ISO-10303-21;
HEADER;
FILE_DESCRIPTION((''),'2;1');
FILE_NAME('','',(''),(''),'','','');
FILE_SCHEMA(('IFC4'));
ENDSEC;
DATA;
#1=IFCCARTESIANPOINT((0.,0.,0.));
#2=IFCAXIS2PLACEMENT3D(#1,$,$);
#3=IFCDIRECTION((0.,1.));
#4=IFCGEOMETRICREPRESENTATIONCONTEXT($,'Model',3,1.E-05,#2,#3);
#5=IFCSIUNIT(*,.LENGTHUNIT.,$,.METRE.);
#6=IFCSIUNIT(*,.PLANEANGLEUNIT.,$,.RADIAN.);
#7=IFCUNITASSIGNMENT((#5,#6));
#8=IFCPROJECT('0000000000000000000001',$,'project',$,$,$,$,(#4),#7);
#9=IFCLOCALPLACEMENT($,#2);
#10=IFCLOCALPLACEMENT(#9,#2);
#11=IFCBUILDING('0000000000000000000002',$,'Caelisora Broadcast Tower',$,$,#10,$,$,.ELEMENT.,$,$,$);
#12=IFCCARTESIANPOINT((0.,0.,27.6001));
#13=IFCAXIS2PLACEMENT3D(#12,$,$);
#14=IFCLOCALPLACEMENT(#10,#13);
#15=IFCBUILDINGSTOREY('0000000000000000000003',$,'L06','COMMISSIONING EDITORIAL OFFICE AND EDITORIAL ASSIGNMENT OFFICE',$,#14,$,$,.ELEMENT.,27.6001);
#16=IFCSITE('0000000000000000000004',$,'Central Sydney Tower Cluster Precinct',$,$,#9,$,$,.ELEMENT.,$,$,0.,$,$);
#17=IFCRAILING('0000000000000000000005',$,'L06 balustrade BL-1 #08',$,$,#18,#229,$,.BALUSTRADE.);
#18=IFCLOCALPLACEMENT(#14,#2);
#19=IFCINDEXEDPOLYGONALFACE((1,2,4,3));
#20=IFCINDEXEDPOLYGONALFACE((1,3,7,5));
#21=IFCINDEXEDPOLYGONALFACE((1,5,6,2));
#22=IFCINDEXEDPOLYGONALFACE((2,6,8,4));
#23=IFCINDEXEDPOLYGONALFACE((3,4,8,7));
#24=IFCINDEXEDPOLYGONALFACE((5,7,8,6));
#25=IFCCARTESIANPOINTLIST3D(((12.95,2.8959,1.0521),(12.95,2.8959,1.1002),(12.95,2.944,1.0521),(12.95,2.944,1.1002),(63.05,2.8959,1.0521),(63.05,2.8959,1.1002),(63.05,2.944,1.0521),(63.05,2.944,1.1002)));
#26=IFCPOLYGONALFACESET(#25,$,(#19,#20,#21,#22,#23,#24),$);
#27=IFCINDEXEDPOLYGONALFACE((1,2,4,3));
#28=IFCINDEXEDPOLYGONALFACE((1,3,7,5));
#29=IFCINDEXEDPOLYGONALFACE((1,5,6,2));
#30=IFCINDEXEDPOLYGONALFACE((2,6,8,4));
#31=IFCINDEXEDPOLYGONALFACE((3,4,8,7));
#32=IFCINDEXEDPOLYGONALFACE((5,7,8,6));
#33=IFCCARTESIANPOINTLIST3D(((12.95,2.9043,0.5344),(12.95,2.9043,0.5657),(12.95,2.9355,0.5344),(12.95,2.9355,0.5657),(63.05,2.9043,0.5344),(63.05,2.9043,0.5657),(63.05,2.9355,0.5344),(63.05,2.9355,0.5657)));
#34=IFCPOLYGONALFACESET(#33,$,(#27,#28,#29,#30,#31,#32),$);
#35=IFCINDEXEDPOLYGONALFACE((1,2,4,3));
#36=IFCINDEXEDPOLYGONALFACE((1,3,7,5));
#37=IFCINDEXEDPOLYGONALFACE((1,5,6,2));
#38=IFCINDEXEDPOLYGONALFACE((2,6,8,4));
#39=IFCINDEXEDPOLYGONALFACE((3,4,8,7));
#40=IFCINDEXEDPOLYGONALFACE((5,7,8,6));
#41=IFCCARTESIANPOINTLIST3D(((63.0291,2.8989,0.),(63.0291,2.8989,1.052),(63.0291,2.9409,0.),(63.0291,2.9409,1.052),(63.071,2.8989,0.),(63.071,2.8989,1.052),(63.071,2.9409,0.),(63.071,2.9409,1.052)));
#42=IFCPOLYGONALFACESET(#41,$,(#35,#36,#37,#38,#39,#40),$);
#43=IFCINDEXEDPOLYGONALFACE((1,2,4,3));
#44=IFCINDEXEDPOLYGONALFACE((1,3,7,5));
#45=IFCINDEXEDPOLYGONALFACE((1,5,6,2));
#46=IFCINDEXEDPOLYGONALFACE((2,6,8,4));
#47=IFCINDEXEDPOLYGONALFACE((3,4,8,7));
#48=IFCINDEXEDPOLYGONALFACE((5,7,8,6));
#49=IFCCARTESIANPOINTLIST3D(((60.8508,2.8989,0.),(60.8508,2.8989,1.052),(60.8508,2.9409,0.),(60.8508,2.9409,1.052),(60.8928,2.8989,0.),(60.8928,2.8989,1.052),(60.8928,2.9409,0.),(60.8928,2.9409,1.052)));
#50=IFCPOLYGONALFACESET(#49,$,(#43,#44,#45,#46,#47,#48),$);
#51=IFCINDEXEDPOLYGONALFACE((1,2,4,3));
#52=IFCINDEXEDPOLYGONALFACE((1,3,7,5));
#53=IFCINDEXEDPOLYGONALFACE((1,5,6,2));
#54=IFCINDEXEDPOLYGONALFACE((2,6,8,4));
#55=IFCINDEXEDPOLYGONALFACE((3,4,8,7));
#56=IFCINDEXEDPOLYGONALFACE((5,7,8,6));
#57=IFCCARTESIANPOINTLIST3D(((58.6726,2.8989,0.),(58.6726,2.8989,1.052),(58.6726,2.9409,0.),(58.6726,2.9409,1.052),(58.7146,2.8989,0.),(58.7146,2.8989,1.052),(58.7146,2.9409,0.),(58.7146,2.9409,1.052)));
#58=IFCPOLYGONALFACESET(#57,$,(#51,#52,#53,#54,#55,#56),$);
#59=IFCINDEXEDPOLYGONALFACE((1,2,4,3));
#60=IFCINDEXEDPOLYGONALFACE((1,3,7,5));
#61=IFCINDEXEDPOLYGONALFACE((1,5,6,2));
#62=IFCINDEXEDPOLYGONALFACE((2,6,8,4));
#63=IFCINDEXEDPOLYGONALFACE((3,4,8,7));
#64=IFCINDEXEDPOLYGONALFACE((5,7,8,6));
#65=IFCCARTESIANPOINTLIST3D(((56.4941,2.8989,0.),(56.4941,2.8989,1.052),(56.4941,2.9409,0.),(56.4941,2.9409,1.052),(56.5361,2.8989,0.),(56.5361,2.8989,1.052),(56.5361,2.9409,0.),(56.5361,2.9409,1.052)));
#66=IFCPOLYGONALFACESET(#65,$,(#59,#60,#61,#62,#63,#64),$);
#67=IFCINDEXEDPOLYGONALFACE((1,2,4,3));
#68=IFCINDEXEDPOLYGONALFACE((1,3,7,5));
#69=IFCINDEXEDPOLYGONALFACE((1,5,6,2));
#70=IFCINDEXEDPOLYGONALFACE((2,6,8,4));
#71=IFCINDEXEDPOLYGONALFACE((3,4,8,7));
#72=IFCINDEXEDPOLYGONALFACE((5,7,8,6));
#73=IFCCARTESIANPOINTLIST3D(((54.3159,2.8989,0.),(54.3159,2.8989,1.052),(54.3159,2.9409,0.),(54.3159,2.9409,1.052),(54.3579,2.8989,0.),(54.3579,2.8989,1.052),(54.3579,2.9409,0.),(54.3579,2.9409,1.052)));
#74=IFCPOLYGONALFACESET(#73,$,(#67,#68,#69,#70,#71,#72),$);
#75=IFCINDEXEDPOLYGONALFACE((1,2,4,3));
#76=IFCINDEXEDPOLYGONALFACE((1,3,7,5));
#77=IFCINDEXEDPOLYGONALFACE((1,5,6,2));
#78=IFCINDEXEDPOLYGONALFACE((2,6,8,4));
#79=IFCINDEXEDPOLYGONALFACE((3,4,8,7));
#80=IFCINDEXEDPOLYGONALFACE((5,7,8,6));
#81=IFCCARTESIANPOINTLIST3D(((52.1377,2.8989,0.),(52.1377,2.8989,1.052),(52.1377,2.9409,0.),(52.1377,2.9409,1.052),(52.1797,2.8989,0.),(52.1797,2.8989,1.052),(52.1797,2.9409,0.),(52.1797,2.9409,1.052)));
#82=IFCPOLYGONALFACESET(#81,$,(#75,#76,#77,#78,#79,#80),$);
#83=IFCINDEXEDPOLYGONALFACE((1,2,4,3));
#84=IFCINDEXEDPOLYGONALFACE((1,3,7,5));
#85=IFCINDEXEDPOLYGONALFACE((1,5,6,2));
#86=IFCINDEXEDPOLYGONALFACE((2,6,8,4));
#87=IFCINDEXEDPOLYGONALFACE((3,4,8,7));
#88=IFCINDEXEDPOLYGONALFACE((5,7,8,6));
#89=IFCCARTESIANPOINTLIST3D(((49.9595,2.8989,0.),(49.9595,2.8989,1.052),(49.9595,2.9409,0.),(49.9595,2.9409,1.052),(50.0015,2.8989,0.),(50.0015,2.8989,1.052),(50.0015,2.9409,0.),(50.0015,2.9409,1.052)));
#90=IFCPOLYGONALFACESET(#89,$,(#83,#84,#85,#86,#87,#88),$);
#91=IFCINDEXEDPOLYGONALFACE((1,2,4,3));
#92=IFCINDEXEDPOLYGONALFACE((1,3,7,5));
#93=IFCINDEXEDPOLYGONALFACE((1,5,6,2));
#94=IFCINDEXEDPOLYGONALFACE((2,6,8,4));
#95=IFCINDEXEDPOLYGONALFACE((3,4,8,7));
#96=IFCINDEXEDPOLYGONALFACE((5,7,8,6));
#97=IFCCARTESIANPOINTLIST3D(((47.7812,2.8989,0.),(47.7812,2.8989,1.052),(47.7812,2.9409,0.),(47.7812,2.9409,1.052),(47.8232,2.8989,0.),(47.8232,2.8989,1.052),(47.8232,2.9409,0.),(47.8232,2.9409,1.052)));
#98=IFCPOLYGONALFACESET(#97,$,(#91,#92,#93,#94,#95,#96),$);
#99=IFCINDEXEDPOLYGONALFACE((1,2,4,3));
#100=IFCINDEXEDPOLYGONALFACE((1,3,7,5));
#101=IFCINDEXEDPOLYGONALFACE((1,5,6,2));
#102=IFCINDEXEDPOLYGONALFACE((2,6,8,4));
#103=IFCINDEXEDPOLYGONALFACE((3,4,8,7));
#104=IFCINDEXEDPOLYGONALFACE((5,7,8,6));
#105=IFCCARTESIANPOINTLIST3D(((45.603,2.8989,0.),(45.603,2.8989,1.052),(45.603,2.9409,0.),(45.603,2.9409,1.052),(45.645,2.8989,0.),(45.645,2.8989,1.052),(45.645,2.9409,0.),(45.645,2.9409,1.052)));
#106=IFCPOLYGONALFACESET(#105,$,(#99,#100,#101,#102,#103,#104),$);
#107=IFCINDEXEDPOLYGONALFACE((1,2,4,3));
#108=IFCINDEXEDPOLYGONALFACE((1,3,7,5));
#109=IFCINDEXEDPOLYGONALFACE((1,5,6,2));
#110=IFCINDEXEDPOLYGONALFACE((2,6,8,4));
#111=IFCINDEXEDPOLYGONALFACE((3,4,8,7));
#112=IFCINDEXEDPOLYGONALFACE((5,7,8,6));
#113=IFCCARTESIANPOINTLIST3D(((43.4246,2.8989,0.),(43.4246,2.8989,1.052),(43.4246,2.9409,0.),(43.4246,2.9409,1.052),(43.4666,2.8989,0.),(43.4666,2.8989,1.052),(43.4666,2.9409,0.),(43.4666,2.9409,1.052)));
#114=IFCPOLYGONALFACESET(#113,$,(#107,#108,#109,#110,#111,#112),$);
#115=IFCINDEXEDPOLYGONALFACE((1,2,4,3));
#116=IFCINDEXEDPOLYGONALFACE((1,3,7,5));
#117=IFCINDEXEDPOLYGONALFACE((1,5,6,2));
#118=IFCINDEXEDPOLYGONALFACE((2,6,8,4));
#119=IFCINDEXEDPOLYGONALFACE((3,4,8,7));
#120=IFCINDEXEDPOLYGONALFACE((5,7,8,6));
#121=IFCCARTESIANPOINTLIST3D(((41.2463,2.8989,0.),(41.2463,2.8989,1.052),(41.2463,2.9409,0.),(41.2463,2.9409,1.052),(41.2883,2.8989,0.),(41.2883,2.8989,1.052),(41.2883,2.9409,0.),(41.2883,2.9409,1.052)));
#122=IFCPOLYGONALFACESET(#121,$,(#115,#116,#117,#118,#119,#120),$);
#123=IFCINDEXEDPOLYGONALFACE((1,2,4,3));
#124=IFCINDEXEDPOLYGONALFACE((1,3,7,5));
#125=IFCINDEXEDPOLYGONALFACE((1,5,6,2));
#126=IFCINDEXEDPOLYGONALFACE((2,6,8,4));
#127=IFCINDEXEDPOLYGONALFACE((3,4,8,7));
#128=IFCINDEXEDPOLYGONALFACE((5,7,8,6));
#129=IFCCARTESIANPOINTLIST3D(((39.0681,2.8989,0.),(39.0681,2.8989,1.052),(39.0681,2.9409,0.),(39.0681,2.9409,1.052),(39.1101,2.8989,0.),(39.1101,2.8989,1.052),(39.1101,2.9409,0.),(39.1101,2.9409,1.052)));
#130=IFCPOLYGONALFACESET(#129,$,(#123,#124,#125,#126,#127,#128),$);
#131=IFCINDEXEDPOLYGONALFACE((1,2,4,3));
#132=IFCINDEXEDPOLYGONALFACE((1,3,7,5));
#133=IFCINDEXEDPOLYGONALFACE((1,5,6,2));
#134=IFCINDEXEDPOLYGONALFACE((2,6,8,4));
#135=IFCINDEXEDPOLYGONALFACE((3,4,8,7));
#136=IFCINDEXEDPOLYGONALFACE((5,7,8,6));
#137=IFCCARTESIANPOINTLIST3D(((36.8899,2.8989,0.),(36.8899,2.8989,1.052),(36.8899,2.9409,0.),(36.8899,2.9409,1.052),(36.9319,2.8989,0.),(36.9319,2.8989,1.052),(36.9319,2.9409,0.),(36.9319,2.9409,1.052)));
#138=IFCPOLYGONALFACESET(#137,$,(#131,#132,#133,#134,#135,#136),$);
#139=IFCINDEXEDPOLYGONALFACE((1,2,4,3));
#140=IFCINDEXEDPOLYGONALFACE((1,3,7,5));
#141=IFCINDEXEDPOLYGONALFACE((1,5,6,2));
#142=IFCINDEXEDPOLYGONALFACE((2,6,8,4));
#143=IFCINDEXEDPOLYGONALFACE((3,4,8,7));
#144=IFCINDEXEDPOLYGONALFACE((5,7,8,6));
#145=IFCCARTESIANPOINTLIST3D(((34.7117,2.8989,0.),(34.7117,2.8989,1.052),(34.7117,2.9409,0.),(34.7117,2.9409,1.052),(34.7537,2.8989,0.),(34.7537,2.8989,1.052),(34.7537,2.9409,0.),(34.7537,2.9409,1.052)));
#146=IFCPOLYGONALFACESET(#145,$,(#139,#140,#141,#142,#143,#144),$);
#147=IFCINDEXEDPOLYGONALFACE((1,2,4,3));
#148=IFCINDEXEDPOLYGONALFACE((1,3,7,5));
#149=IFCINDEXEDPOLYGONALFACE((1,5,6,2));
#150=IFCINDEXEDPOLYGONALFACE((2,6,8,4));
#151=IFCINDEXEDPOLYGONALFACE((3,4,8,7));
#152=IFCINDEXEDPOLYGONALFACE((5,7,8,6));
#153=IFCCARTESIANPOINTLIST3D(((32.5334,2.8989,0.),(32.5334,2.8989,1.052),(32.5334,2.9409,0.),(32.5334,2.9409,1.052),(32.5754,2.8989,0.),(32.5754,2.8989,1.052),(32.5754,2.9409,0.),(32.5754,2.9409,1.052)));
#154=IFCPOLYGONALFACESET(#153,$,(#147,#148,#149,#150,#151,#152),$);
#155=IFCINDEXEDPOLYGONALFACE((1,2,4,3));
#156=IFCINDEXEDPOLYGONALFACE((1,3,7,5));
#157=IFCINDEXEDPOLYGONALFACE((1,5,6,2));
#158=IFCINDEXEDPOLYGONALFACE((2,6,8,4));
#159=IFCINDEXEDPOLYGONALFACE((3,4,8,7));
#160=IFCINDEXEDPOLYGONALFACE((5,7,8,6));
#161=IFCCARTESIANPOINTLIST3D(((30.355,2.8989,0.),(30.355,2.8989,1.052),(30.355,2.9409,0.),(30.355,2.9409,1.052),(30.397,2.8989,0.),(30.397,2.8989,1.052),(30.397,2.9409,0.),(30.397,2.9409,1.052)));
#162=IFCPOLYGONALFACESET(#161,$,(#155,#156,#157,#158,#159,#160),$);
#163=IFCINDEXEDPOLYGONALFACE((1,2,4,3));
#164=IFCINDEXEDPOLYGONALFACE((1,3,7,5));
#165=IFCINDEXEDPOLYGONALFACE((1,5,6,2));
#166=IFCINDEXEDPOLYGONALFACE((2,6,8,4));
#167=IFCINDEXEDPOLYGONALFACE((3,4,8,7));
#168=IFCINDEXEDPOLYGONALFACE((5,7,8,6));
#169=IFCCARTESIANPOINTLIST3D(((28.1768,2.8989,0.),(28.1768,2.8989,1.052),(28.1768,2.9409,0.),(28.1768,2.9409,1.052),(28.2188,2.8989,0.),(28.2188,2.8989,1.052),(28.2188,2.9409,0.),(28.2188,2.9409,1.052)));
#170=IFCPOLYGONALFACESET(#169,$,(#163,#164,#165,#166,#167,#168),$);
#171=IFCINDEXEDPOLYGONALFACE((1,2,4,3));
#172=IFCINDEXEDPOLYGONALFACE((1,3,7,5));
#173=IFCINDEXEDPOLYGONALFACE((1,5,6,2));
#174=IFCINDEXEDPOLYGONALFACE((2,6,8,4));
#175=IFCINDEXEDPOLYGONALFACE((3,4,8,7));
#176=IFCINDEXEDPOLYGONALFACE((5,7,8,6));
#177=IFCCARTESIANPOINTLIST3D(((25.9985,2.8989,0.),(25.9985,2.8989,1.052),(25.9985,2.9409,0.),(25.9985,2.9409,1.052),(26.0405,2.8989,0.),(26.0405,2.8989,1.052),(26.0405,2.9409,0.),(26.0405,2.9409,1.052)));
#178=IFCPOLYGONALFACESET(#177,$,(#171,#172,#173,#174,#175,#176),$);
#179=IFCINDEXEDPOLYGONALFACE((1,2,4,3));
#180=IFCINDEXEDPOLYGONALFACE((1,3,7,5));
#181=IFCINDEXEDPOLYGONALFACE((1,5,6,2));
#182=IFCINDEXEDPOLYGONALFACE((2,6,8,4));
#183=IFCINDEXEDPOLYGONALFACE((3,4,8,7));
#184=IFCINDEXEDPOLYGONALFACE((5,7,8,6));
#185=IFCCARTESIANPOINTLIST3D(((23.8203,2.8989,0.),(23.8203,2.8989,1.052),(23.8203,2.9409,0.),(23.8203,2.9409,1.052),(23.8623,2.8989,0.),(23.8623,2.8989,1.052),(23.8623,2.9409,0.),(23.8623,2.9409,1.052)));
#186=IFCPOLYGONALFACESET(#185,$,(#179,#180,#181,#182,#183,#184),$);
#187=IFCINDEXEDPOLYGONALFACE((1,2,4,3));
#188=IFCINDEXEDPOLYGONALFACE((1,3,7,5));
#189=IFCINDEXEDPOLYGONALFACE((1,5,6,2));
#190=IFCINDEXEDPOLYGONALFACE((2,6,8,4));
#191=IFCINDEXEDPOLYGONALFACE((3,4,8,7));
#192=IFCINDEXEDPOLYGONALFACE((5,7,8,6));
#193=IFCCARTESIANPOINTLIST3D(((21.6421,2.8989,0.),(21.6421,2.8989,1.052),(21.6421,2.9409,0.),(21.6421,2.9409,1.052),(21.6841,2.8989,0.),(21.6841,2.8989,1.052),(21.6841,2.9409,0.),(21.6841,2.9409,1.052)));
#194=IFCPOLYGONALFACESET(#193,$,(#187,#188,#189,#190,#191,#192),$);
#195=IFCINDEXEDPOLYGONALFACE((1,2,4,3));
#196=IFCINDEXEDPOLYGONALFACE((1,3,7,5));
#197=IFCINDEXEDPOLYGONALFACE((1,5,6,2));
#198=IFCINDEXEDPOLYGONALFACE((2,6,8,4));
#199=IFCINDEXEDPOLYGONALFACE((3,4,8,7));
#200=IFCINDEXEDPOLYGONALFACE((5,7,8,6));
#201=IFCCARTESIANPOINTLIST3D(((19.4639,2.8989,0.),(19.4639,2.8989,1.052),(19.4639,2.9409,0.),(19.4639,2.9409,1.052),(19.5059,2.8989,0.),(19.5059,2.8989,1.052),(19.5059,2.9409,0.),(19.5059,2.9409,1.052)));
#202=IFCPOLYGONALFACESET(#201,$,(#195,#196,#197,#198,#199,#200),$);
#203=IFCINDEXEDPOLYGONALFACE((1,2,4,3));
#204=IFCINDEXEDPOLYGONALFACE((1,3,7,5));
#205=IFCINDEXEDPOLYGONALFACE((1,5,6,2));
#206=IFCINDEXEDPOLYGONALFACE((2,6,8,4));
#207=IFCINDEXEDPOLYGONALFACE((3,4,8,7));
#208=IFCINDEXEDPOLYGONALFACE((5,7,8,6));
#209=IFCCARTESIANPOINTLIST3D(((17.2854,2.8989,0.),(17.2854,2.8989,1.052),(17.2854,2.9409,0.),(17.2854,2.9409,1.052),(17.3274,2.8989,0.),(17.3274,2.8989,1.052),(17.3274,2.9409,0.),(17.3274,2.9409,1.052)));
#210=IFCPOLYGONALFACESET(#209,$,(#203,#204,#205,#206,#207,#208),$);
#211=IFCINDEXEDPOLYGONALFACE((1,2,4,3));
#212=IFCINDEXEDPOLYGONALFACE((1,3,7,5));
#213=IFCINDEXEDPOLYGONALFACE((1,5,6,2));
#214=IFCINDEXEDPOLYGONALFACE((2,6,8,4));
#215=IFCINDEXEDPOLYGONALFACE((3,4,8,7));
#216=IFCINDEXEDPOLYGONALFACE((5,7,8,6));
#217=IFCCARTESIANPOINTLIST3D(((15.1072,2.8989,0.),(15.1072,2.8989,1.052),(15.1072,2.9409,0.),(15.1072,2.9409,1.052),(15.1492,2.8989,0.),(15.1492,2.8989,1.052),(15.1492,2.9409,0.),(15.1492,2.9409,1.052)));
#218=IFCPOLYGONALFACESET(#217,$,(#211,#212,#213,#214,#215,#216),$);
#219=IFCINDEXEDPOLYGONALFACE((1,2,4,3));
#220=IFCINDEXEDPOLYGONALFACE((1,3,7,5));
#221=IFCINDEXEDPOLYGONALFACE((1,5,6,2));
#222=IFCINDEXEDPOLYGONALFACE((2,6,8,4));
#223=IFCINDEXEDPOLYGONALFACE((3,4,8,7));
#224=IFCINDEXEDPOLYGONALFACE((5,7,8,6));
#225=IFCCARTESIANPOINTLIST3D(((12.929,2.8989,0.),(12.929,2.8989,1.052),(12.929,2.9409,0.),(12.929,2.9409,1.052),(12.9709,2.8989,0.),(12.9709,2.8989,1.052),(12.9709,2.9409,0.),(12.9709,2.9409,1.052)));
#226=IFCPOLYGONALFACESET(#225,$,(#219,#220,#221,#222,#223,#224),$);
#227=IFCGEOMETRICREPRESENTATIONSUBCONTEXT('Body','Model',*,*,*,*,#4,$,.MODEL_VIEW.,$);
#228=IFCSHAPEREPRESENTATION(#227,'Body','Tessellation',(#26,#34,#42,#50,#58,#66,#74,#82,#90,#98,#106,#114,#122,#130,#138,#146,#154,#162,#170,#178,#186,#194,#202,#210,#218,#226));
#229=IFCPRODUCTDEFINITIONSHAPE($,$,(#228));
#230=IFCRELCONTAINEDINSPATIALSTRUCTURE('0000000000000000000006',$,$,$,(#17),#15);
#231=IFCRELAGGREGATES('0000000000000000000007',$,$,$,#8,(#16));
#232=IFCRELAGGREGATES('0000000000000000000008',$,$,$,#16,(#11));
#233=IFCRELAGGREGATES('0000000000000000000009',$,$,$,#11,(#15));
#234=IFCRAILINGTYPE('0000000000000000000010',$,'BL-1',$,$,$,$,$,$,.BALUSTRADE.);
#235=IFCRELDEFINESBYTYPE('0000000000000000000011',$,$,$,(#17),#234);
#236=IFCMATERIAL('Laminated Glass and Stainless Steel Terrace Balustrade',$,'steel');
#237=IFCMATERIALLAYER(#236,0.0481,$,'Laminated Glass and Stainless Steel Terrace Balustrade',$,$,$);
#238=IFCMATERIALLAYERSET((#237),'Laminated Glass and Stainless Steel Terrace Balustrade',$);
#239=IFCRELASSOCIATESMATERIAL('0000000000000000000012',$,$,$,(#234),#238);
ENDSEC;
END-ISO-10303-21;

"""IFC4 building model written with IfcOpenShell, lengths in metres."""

from ifc_helpers import new_model, si_unit, direction, frame, origin, origin_2d, place, context, subcontext, project, spatial, rectangle, extrude, material, layer, layer_set, type_object, element, save


model = new_model("IFC4")

# Units and contexts
model_context = context("Model", 3, precision=1e-05, world=origin(), true_north=direction((0.0, 1.0)))
body_context = subcontext(model_context, "Body", "Model", "MODEL_VIEW")
ifc_project = project(units=[si_unit("LENGTHUNIT", "METRE"), si_unit("PLANEANGLEUNIT", "RADIAN")], contexts=[model_context])

# Site, building, storey
site_placement = place(None, origin())
site = spatial("IfcSite", under=ifc_project, at=site_placement, Name="Central Sydney Tower Cluster Precinct", CompositionType="ELEMENT", RefElevation=0.0)
building_placement = place(site_placement, origin())
building = spatial("IfcBuilding", under=site, at=building_placement, Name="Caelisora Broadcast Tower", CompositionType="ELEMENT")
storey_placement = place(building_placement, frame((0.0, 0.0, 27.6001)))
storey = spatial("IfcBuildingStorey", under=building, at=storey_placement, Name="L06", Description="COMMISSIONING EDITORIAL OFFICE AND EDITORIAL ASSIGNMENT OFFICE", CompositionType="ELEMENT", Elevation=27.6001)

# Railing
ifc_material_1 = material(Name="Laminated Glass and Stainless Steel Terrace Balustrade", Category="steel")
ifc_layer_1 = layer(ifc_material_1, 0.0481, Name="Laminated Glass and Stainless Steel Terrace Balustrade")
ifc_layer_set_1 = layer_set([ifc_layer_1], Name="Laminated Glass and Stainless Steel Terrace Balustrade")
railing_type = type_object("IfcRailingType", Name="BL-1", PredefinedType="BALUSTRADE", material=ifc_layer_set_1)
railing_1_placement = place(storey_placement, frame((63.05, 2.9199, 0.0)))
element("IfcRailing", 1, at=railing_1_placement, inside=storey, type_object=railing_type, Name="L06 balustrade BL-1 #08", PredefinedType="BALUSTRADE", context=body_context, shape_type="SweptSolid", body=[
    extrude(rectangle(XDim=0.0481, YDim=0.0481, at=origin_2d()), frame((0.0, 0.0, 1.0762), z_axis=(-1.0, 0.0, 0.0), x_axis=(0.0, -1.0, 0.0)), (0.0, 0.0, 1.0), 50.1001),
    extrude(rectangle(XDim=0.0312, YDim=0.0312, at=origin_2d()), frame((0.0, 0.0, 0.55), z_axis=(-1.0, 0.0, 0.0), x_axis=(0.0, -1.0, 0.0)), (0.0, 0.0, 1.0), 50.1001),
    extrude(rectangle(XDim=0.042, YDim=0.042, at=origin_2d()), origin(), (0.0, 0.0, 1.0), 1.052),
    extrude(rectangle(XDim=0.042, YDim=0.042, at=origin_2d()), frame((-2.1782, 0.0, 0.0)), (0.0, 0.0, 1.0), 1.052),
    extrude(rectangle(XDim=0.042, YDim=0.042, at=origin_2d()), frame((-4.3564, 0.0, 0.0)), (0.0, 0.0, 1.0), 1.052),
    extrude(rectangle(XDim=0.042, YDim=0.042, at=origin_2d()), frame((-6.5349, 0.0, 0.0)), (0.0, 0.0, 1.0), 1.052),
    extrude(rectangle(XDim=0.042, YDim=0.042, at=origin_2d()), frame((-8.7131, 0.0, 0.0)), (0.0, 0.0, 1.0), 1.052),
    extrude(rectangle(XDim=0.042, YDim=0.042, at=origin_2d()), frame((-10.8914, 0.0, 0.0)), (0.0, 0.0, 1.0), 1.052),
    extrude(rectangle(XDim=0.042, YDim=0.042, at=origin_2d()), frame((-13.0696, 0.0, 0.0)), (0.0, 0.0, 1.0), 1.052),
    extrude(rectangle(XDim=0.042, YDim=0.042, at=origin_2d()), frame((-15.2478, 0.0, 0.0)), (0.0, 0.0, 1.0), 1.052),
    extrude(rectangle(XDim=0.042, YDim=0.042, at=origin_2d()), frame((-17.426, 0.0, 0.0)), (0.0, 0.0, 1.0), 1.052),
    extrude(rectangle(XDim=0.042, YDim=0.042, at=origin_2d()), frame((-19.6045, 0.0, 0.0)), (0.0, 0.0, 1.0), 1.052),
    extrude(rectangle(XDim=0.042, YDim=0.042, at=origin_2d()), frame((-21.7827, 0.0, 0.0)), (0.0, 0.0, 1.0), 1.052),
    extrude(rectangle(XDim=0.042, YDim=0.042, at=origin_2d()), frame((-23.9609, 0.0, 0.0)), (0.0, 0.0, 1.0), 1.052),
    extrude(rectangle(XDim=0.042, YDim=0.042, at=origin_2d()), frame((-26.1392, 0.0, 0.0)), (0.0, 0.0, 1.0), 1.052),
    extrude(rectangle(XDim=0.042, YDim=0.042, at=origin_2d()), frame((-28.3174, 0.0, 0.0)), (0.0, 0.0, 1.0), 1.052),
    extrude(rectangle(XDim=0.042, YDim=0.042, at=origin_2d()), frame((-30.4956, 0.0, 0.0)), (0.0, 0.0, 1.0), 1.052),
    extrude(rectangle(XDim=0.042, YDim=0.042, at=origin_2d()), frame((-32.6741, 0.0, 0.0)), (0.0, 0.0, 1.0), 1.052),
    extrude(rectangle(XDim=0.042, YDim=0.042, at=origin_2d()), frame((-34.8523, 0.0, 0.0)), (0.0, 0.0, 1.0), 1.052),
    extrude(rectangle(XDim=0.042, YDim=0.042, at=origin_2d()), frame((-37.0305, 0.0, 0.0)), (0.0, 0.0, 1.0), 1.052),
    extrude(rectangle(XDim=0.042, YDim=0.042, at=origin_2d()), frame((-39.2087, 0.0, 0.0)), (0.0, 0.0, 1.0), 1.052),
    extrude(rectangle(XDim=0.042, YDim=0.042, at=origin_2d()), frame((-41.387, 0.0, 0.0)), (0.0, 0.0, 1.0), 1.052),
    extrude(rectangle(XDim=0.042, YDim=0.042, at=origin_2d()), frame((-43.5652, 0.0, 0.0)), (0.0, 0.0, 1.0), 1.052),
    extrude(rectangle(XDim=0.042, YDim=0.042, at=origin_2d()), frame((-45.7437, 0.0, 0.0)), (0.0, 0.0, 1.0), 1.052),
    extrude(rectangle(XDim=0.042, YDim=0.042, at=origin_2d()), frame((-47.9219, 0.0, 0.0)), (0.0, 0.0, 1.0), 1.052),
    extrude(rectangle(XDim=0.042, YDim=0.042, at=origin_2d()), frame((-50.1001, 0.0, 0.0)), (0.0, 0.0, 1.0), 1.052),
])

save(model, "model.ifc")
